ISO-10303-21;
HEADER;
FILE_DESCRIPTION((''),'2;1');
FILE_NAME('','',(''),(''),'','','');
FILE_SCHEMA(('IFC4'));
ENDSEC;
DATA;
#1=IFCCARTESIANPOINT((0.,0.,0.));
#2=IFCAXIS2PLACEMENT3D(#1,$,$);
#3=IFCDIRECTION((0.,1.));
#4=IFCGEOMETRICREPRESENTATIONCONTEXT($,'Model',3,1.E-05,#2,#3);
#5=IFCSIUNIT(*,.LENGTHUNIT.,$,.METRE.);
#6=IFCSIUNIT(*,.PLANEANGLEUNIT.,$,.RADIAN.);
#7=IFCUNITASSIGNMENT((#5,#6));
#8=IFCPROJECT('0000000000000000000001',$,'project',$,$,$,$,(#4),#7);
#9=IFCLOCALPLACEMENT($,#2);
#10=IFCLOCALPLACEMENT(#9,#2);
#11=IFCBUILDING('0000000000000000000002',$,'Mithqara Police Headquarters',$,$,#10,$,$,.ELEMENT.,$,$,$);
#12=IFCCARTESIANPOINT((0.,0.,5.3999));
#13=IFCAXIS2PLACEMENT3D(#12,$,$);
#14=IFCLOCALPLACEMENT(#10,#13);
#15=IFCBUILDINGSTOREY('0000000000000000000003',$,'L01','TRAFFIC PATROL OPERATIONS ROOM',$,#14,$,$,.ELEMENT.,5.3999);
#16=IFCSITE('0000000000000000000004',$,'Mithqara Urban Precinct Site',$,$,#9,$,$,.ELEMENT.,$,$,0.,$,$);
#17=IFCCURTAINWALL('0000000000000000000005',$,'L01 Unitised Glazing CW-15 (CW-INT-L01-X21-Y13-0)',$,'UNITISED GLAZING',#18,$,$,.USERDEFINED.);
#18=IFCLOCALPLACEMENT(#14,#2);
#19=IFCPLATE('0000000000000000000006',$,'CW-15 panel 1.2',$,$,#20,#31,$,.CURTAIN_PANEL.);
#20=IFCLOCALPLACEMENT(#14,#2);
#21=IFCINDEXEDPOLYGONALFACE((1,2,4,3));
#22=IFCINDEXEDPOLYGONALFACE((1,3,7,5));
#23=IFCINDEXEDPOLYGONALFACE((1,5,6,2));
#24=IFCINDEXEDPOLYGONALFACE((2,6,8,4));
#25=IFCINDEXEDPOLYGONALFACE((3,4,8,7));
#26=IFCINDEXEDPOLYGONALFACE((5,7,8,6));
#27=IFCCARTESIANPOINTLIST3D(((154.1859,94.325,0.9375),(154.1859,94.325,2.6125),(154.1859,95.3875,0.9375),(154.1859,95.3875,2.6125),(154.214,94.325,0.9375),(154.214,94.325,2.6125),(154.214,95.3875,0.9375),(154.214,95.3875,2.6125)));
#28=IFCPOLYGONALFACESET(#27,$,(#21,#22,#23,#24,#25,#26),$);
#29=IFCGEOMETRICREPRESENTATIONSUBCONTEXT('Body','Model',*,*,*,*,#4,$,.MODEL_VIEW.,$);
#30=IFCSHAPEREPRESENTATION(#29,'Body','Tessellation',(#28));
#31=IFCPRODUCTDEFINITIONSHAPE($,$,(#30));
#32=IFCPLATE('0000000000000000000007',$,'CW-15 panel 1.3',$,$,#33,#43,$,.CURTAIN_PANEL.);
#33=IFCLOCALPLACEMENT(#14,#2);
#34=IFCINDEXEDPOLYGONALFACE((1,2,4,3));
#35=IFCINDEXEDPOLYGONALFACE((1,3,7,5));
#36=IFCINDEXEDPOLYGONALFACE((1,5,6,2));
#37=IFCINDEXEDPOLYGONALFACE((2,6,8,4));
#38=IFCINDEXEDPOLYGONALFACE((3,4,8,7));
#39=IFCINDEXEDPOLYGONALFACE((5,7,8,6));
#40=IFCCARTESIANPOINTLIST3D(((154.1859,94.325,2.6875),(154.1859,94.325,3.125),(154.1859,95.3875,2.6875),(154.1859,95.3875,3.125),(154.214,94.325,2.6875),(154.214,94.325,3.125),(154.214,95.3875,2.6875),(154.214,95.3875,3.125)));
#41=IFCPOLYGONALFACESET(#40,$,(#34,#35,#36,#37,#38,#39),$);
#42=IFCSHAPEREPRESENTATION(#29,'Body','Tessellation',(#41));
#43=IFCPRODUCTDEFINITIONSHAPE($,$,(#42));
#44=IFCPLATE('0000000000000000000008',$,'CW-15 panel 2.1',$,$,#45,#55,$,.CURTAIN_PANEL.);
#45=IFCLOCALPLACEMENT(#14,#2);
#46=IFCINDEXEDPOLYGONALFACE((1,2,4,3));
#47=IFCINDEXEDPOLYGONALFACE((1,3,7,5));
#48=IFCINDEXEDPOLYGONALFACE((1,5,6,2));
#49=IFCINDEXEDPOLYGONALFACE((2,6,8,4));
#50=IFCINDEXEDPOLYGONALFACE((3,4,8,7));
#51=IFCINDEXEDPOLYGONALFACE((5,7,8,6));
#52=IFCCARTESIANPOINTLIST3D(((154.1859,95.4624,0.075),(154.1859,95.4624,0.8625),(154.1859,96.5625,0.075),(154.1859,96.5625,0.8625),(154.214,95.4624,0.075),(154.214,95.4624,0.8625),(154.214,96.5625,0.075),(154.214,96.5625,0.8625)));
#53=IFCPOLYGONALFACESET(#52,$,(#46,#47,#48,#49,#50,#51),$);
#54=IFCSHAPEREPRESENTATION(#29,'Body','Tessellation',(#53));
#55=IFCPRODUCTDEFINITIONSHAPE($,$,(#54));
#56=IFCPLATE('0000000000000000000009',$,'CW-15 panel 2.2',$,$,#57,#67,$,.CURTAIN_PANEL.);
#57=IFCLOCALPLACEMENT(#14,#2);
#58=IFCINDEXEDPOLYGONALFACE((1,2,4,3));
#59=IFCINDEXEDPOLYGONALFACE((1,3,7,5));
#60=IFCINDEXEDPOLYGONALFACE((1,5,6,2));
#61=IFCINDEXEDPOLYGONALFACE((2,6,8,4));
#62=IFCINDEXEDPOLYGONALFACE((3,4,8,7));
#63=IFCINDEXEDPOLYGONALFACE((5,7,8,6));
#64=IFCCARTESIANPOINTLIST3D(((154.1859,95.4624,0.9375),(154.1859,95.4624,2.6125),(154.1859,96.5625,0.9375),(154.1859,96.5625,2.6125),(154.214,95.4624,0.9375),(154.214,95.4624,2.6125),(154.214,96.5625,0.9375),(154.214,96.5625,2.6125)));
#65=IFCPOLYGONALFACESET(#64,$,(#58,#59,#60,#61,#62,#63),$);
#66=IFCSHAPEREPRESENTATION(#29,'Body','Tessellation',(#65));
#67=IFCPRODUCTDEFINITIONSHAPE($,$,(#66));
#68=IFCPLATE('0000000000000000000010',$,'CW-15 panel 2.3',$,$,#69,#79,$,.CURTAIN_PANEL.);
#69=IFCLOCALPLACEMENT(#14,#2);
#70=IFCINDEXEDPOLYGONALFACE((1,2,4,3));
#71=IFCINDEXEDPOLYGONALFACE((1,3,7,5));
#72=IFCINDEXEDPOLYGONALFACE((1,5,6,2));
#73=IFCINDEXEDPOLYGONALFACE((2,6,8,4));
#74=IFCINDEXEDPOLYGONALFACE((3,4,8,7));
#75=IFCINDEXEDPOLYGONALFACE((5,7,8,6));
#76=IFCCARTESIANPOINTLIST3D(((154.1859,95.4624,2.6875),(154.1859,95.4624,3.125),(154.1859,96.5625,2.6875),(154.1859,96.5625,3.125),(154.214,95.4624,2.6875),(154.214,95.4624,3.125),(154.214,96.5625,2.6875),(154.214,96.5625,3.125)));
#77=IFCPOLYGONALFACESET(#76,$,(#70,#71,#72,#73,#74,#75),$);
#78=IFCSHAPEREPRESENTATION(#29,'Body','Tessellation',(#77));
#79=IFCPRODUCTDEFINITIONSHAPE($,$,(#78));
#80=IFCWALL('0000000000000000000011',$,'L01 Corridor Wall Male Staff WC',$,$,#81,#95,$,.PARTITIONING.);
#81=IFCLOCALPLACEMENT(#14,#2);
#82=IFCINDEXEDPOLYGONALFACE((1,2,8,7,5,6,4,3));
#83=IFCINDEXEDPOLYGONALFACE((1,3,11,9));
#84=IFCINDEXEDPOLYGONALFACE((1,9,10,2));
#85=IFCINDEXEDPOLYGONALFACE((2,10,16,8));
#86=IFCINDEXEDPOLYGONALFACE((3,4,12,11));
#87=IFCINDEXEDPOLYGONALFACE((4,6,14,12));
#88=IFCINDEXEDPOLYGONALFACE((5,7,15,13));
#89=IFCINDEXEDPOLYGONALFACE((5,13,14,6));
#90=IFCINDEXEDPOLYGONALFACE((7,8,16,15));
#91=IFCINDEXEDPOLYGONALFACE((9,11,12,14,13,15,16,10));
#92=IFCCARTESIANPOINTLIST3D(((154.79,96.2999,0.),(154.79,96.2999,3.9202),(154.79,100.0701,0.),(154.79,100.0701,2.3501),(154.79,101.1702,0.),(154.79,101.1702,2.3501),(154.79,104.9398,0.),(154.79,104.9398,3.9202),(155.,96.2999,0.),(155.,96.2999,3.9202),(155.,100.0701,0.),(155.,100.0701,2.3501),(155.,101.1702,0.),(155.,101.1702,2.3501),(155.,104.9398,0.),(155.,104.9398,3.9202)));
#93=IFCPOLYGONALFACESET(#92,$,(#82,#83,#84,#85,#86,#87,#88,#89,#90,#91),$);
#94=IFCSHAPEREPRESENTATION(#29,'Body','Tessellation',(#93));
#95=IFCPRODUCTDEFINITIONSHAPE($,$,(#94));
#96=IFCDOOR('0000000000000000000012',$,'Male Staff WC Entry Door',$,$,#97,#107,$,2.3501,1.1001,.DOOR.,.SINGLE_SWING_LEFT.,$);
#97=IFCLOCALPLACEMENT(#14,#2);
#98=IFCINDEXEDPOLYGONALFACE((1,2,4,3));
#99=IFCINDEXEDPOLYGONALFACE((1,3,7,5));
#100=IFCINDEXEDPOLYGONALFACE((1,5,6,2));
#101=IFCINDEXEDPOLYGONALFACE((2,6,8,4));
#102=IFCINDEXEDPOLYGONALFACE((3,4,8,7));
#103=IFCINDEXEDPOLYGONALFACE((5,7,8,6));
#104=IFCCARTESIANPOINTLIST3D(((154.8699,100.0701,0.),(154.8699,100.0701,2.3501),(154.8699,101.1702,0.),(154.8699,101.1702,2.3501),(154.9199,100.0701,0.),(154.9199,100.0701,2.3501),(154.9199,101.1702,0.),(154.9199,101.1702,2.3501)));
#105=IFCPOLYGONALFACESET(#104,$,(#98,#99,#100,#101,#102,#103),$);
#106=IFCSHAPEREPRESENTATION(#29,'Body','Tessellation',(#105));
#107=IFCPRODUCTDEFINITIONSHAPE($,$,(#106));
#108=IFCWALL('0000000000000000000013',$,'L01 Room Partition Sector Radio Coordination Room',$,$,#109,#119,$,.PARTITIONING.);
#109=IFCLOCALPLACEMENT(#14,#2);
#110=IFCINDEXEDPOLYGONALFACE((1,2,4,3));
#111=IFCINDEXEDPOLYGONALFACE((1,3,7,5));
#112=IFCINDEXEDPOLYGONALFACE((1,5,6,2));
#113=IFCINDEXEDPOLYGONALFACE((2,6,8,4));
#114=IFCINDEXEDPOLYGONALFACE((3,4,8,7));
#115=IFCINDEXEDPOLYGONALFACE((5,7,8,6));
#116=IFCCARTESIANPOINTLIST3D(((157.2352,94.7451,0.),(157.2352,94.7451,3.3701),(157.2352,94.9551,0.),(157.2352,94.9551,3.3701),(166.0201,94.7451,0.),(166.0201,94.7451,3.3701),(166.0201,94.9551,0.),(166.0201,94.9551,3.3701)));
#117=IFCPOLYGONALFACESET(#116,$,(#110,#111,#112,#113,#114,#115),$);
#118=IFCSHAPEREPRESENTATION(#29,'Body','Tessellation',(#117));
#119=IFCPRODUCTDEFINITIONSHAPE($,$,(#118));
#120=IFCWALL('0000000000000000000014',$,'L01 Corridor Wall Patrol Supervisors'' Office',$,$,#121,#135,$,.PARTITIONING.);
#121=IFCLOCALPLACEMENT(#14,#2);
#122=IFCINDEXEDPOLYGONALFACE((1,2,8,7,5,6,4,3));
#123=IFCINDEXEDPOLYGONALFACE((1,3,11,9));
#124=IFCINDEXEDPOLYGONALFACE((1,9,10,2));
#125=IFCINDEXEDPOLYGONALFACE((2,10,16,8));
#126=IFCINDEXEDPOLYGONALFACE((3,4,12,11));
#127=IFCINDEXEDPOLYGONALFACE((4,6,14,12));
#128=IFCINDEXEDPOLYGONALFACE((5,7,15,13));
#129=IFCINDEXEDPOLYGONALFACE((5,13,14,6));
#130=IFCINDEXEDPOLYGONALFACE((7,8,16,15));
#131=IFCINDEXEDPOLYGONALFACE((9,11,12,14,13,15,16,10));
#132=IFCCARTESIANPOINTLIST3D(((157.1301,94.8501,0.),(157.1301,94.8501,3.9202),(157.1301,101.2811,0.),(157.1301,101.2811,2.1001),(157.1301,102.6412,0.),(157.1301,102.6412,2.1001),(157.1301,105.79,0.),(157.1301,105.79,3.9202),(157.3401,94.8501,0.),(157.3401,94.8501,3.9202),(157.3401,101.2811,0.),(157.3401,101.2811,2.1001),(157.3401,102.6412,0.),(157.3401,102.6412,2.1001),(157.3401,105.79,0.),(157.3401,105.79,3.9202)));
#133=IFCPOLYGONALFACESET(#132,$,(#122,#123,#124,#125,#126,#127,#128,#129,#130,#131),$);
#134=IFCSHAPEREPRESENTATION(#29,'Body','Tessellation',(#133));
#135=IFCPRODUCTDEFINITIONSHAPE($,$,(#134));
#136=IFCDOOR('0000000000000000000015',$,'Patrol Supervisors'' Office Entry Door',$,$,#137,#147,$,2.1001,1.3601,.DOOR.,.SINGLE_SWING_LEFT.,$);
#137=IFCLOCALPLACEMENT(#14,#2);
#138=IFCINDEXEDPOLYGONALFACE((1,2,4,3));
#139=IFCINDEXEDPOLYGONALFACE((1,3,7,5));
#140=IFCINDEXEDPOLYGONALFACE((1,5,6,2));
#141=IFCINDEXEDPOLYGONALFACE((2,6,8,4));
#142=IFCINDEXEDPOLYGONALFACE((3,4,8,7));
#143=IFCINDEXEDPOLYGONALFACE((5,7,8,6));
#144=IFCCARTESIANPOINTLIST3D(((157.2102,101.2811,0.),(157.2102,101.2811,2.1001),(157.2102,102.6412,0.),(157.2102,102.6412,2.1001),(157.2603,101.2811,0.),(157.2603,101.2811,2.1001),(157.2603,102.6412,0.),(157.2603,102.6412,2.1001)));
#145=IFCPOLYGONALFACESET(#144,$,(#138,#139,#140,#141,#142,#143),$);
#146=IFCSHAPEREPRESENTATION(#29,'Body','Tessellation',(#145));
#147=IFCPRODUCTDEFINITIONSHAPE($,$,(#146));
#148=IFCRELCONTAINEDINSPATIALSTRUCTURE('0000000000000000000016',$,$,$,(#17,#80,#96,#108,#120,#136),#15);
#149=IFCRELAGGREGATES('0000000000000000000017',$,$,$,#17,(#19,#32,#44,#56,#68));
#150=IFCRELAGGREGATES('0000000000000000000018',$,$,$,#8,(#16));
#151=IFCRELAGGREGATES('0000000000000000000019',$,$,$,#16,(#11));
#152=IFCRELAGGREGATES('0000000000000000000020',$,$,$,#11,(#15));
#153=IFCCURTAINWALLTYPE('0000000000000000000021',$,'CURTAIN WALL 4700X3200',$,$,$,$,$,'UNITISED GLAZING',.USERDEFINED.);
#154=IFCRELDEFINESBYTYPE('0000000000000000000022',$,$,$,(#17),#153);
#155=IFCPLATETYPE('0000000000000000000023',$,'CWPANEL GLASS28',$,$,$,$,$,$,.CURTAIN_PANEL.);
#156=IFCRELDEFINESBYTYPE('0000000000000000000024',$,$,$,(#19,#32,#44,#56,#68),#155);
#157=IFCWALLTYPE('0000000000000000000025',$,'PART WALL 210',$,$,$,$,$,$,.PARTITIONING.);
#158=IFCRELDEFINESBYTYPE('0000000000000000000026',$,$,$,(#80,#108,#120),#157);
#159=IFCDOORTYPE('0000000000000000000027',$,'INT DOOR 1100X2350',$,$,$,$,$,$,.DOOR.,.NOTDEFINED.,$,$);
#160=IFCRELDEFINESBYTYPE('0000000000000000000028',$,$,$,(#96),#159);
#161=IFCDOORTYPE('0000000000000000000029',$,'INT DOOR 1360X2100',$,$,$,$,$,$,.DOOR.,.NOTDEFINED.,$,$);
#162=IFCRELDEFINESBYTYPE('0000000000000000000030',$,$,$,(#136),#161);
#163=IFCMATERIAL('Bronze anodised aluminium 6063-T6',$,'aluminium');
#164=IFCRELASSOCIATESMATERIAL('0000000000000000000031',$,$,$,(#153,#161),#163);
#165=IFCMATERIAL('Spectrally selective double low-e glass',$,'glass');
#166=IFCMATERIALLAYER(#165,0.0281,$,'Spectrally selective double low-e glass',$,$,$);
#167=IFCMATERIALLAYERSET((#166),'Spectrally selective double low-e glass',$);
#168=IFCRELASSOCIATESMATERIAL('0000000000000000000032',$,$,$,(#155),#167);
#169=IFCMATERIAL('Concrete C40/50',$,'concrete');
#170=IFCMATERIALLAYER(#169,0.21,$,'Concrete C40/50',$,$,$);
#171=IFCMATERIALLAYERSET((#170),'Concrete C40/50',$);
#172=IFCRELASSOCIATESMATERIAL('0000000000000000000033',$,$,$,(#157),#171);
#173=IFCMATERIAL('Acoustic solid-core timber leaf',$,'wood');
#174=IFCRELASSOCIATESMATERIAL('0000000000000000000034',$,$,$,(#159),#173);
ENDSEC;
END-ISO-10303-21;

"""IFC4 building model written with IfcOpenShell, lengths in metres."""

from ifc_helpers import new_model, si_unit, direction, frame, frame_2d, origin, origin_2d, place, context, subcontext, project, spatial, rectangle, extrude, material, layer, layer_set, type_object, element, fill, aggregate, save


model = new_model("IFC4")

# Units and contexts
model_context = context("Model", 3, precision=1e-05, world=origin(), true_north=direction((0.0, 1.0)))
body_context = subcontext(model_context, "Body", "Model", "MODEL_VIEW")
ifc_project = project(units=[si_unit("LENGTHUNIT", "METRE"), si_unit("PLANEANGLEUNIT", "RADIAN")], contexts=[model_context])

# Site, building, storey
site_placement = place(None, origin())
site = spatial("IfcSite", under=ifc_project, at=site_placement, Name="Mithqara Urban Precinct Site", CompositionType="ELEMENT", RefElevation=0.0)
building_placement = place(site_placement, origin())
building = spatial("IfcBuilding", under=site, at=building_placement, Name="Mithqara Police Headquarters", CompositionType="ELEMENT")
storey_placement = place(building_placement, frame((0.0, 0.0, 5.3999)))
storey = spatial("IfcBuildingStorey", under=building, at=storey_placement, Name="L01", Description="TRAFFIC PATROL OPERATIONS ROOM", CompositionType="ELEMENT", Elevation=5.3999)

# Shared definitions
ifc_material_1 = material(Name="Concrete C40/50", Category="concrete")

# Curtain wall, plates
ifc_material_2 = material(Name="Bronze anodised aluminium 6063-T6", Category="aluminium")
curtain_wall_type = type_object("IfcCurtainWallType", Name="CURTAIN WALL 4700X3200", ElementType="UNITISED GLAZING", PredefinedType="USERDEFINED", material=ifc_material_2)
curtain_wall_placement = place(storey_placement, origin())
curtain_wall = element("IfcCurtainWall", 1, at=curtain_wall_placement, inside=storey, type_object=curtain_wall_type, Name="L01 Unitised Glazing CW-15 (CW-INT-L01-X21-Y13-0)", ObjectType="UNITISED GLAZING", PredefinedType="USERDEFINED")
ifc_material_3 = material(Name="Spectrally selective double low-e glass", Category="glass")
ifc_layer_1 = layer(ifc_material_3, 0.0281, Name="Spectrally selective double low-e glass")
ifc_layer_set_1 = layer_set([ifc_layer_1], Name="Spectrally selective double low-e glass")
plate_type = type_object("IfcPlateType", Name="CWPANEL GLASS28", PredefinedType="CURTAIN_PANEL", material=ifc_layer_set_1)
plate_1_placement = place(storey_placement, frame((154.2, 94.8562, 0.9375), z_axis=(0.0, 0.0, 1.0), x_axis=(0.0, 1.0, 0.0)))
plate_1 = element("IfcPlate", 2, at=plate_1_placement, type_object=plate_type, Name="CW-15 panel 1.2", PredefinedType="CURTAIN_PANEL", context=body_context, shape_type="SweptSolid", body=[
    extrude(rectangle(XDim=1.0625, YDim=0.0281, at=origin_2d()), origin(), (0.0, 0.0, 1.0), 1.675),
])
plate_2_placement = place(storey_placement, frame((154.2, 94.8562, 2.6875), z_axis=(0.0, 0.0, 1.0), x_axis=(0.0, 1.0, 0.0)))
plate_2 = element("IfcPlate", 3, at=plate_2_placement, type_object=plate_type, Name="CW-15 panel 1.3", PredefinedType="CURTAIN_PANEL", context=body_context, shape_type="SweptSolid", body=[
    extrude(rectangle(XDim=1.0625, YDim=0.0281, at=origin_2d()), origin(), (0.0, 0.0, 1.0), 0.4375),
])
plate_3_placement = place(storey_placement, frame((154.2, 96.0125, 0.075), z_axis=(0.0, 0.0, 1.0), x_axis=(0.0, 1.0, 0.0)))
plate_3 = element("IfcPlate", 4, at=plate_3_placement, type_object=plate_type, Name="CW-15 panel 2.1", PredefinedType="CURTAIN_PANEL", context=body_context, shape_type="SweptSolid", body=[
    extrude(rectangle(XDim=1.1001, YDim=0.0281, at=origin_2d()), origin(), (0.0, 0.0, 1.0), 0.7876),
])
plate_4_placement = place(storey_placement, frame((154.2, 96.0125, 0.9375), z_axis=(0.0, 0.0, 1.0), x_axis=(0.0, 1.0, 0.0)))
plate_4 = element("IfcPlate", 5, at=plate_4_placement, type_object=plate_type, Name="CW-15 panel 2.2", PredefinedType="CURTAIN_PANEL", context=body_context, shape_type="SweptSolid", body=[
    extrude(rectangle(XDim=1.1001, YDim=0.0281, at=origin_2d()), origin(), (0.0, 0.0, 1.0), 1.675),
])
plate_5_placement = place(storey_placement, frame((154.2, 96.0125, 2.6875), z_axis=(0.0, 0.0, 1.0), x_axis=(0.0, 1.0, 0.0)))
plate_5 = element("IfcPlate", 6, at=plate_5_placement, type_object=plate_type, Name="CW-15 panel 2.3", PredefinedType="CURTAIN_PANEL", context=body_context, shape_type="SweptSolid", body=[
    extrude(rectangle(XDim=1.1001, YDim=0.0281, at=origin_2d()), origin(), (0.0, 0.0, 1.0), 0.4375),
])
aggregate(curtain_wall, [plate_1, plate_2, plate_3, plate_4, plate_5])

# Wall, opening, door
ifc_layer_2 = layer(ifc_material_1, 0.21, Name="Concrete C40/50")
ifc_layer_set_2 = layer_set([ifc_layer_2], Name="Concrete C40/50")
wall_type = type_object("IfcWallType", Name="PART WALL 210", PredefinedType="PARTITIONING", material=ifc_layer_set_2)
wall_1_placement = place(storey_placement, frame((154.895, 96.3, 0.0), z_axis=(0.0, 0.0, 1.0), x_axis=(0.0, 1.0, 0.0)))
wall_1 = element("IfcWall", 7, at=wall_1_placement, inside=storey, type_object=wall_type, Name="L01 Corridor Wall Male Staff WC", PredefinedType="PARTITIONING", context=body_context, shape_type="SweptSolid", body=[
    extrude(rectangle(XDim=8.6399, YDim=0.21, at=frame_2d((4.3198, 0.0))), origin(), (0.0, 0.0, 1.0), 3.9202),
])
opening_1_placement = place(wall_1_placement, frame((3.77, 0.0, 0.0)))
opening_1 = element("IfcOpeningElement", 8, at=opening_1_placement, cuts=wall_1, PredefinedType="OPENING", context=body_context, shape_type="SweptSolid", body=[
    extrude(rectangle(XDim=1.1001, YDim=2.3501, at=frame_2d((0.55, 1.175))), frame((0.0, 0.115, 0.0), z_axis=(0.0, -1.0, 0.0), x_axis=(1.0, 0.0, 0.0)), (0.0, 0.0, 1.0), 0.23),
])
ifc_material_4 = material(Name="Acoustic solid-core timber leaf", Category="wood")
door_type_1 = type_object("IfcDoorType", Name="INT DOOR 1100X2350", OperationType="NOTDEFINED", PredefinedType="DOOR", material=ifc_material_4)
door_1_placement = place(opening_1_placement, frame((1.1001, 0.0, 0.0), z_axis=(0.0, 0.0, 1.0), x_axis=(-1.0, 0.0, 0.0)))
door_1 = element("IfcDoor", 9, at=door_1_placement, inside=storey, type_object=door_type_1, Name="Male Staff WC Entry Door", OperationType="SINGLE_SWING_LEFT", OverallHeight=2.3501, OverallWidth=1.1001, PredefinedType="DOOR", context=body_context, shape_type="SweptSolid", body=[
    extrude(rectangle(XDim=1.1001, YDim=2.3501, at=frame_2d((0.55, 1.175))), frame((0.0, 0.0249, 0.0), z_axis=(0.0, -1.0, 0.0), x_axis=(1.0, 0.0, 0.0)), (0.0, 0.0, 1.0), 0.05),
])
fill(opening_1, door_1)

# Wall
wall_2_placement = place(storey_placement, frame((157.2351, 94.8501, 0.0), z_axis=(0.0, 0.0, 1.0), x_axis=(1.0, 0.0, 0.0)))
element("IfcWall", 10, at=wall_2_placement, inside=storey, type_object=wall_type, Name="L01 Room Partition Sector Radio Coordination Room", PredefinedType="PARTITIONING", context=body_context, shape_type="SweptSolid", body=[
    extrude(rectangle(XDim=8.7849, YDim=0.21, at=frame_2d((4.3926, 0.0))), origin(), (0.0, 0.0, 1.0), 3.3701),
])

# Wall, opening, door
wall_3_placement = place(storey_placement, frame((157.2351, 94.8501, 0.0), z_axis=(0.0, 0.0, 1.0), x_axis=(0.0, 1.0, 0.0)))
wall_3 = element("IfcWall", 11, at=wall_3_placement, inside=storey, type_object=wall_type, Name="L01 Corridor Wall Patrol Supervisors' Office", PredefinedType="PARTITIONING", context=body_context, shape_type="SweptSolid", body=[
    extrude(rectangle(XDim=10.9399, YDim=0.21, at=frame_2d((5.47, 0.0))), origin(), (0.0, 0.0, 1.0), 3.9202),
])
opening_2_placement = place(wall_3_placement, frame((6.4309, 0.0, 0.0)))
opening_2 = element("IfcOpeningElement", 12, at=opening_2_placement, cuts=wall_3, PredefinedType="OPENING", context=body_context, shape_type="SweptSolid", body=[
    extrude(rectangle(XDim=1.3601, YDim=2.1001, at=frame_2d((0.6802, 1.05))), frame((0.0, 0.115, 0.0), z_axis=(0.0, -1.0, 0.0), x_axis=(1.0, 0.0, 0.0)), (0.0, 0.0, 1.0), 0.23),
])
door_type_2 = type_object("IfcDoorType", Name="INT DOOR 1360X2100", OperationType="NOTDEFINED", PredefinedType="DOOR", material=ifc_material_2)
door_2_placement = place(opening_2_placement, origin())
door_2 = element("IfcDoor", 13, at=door_2_placement, inside=storey, type_object=door_type_2, Name="Patrol Supervisors' Office Entry Door", OperationType="SINGLE_SWING_LEFT", OverallHeight=2.1001, OverallWidth=1.3601, PredefinedType="DOOR", context=body_context, shape_type="SweptSolid", body=[
    extrude(rectangle(XDim=1.3601, YDim=2.1001, at=frame_2d((0.6802, 1.05))), frame((0.0, 0.0249, 0.0), z_axis=(0.0, -1.0, 0.0), x_axis=(1.0, 0.0, 0.0)), (0.0, 0.0, 1.0), 0.05),
])
fill(opening_2, door_2)

save(model, "model.ifc")
